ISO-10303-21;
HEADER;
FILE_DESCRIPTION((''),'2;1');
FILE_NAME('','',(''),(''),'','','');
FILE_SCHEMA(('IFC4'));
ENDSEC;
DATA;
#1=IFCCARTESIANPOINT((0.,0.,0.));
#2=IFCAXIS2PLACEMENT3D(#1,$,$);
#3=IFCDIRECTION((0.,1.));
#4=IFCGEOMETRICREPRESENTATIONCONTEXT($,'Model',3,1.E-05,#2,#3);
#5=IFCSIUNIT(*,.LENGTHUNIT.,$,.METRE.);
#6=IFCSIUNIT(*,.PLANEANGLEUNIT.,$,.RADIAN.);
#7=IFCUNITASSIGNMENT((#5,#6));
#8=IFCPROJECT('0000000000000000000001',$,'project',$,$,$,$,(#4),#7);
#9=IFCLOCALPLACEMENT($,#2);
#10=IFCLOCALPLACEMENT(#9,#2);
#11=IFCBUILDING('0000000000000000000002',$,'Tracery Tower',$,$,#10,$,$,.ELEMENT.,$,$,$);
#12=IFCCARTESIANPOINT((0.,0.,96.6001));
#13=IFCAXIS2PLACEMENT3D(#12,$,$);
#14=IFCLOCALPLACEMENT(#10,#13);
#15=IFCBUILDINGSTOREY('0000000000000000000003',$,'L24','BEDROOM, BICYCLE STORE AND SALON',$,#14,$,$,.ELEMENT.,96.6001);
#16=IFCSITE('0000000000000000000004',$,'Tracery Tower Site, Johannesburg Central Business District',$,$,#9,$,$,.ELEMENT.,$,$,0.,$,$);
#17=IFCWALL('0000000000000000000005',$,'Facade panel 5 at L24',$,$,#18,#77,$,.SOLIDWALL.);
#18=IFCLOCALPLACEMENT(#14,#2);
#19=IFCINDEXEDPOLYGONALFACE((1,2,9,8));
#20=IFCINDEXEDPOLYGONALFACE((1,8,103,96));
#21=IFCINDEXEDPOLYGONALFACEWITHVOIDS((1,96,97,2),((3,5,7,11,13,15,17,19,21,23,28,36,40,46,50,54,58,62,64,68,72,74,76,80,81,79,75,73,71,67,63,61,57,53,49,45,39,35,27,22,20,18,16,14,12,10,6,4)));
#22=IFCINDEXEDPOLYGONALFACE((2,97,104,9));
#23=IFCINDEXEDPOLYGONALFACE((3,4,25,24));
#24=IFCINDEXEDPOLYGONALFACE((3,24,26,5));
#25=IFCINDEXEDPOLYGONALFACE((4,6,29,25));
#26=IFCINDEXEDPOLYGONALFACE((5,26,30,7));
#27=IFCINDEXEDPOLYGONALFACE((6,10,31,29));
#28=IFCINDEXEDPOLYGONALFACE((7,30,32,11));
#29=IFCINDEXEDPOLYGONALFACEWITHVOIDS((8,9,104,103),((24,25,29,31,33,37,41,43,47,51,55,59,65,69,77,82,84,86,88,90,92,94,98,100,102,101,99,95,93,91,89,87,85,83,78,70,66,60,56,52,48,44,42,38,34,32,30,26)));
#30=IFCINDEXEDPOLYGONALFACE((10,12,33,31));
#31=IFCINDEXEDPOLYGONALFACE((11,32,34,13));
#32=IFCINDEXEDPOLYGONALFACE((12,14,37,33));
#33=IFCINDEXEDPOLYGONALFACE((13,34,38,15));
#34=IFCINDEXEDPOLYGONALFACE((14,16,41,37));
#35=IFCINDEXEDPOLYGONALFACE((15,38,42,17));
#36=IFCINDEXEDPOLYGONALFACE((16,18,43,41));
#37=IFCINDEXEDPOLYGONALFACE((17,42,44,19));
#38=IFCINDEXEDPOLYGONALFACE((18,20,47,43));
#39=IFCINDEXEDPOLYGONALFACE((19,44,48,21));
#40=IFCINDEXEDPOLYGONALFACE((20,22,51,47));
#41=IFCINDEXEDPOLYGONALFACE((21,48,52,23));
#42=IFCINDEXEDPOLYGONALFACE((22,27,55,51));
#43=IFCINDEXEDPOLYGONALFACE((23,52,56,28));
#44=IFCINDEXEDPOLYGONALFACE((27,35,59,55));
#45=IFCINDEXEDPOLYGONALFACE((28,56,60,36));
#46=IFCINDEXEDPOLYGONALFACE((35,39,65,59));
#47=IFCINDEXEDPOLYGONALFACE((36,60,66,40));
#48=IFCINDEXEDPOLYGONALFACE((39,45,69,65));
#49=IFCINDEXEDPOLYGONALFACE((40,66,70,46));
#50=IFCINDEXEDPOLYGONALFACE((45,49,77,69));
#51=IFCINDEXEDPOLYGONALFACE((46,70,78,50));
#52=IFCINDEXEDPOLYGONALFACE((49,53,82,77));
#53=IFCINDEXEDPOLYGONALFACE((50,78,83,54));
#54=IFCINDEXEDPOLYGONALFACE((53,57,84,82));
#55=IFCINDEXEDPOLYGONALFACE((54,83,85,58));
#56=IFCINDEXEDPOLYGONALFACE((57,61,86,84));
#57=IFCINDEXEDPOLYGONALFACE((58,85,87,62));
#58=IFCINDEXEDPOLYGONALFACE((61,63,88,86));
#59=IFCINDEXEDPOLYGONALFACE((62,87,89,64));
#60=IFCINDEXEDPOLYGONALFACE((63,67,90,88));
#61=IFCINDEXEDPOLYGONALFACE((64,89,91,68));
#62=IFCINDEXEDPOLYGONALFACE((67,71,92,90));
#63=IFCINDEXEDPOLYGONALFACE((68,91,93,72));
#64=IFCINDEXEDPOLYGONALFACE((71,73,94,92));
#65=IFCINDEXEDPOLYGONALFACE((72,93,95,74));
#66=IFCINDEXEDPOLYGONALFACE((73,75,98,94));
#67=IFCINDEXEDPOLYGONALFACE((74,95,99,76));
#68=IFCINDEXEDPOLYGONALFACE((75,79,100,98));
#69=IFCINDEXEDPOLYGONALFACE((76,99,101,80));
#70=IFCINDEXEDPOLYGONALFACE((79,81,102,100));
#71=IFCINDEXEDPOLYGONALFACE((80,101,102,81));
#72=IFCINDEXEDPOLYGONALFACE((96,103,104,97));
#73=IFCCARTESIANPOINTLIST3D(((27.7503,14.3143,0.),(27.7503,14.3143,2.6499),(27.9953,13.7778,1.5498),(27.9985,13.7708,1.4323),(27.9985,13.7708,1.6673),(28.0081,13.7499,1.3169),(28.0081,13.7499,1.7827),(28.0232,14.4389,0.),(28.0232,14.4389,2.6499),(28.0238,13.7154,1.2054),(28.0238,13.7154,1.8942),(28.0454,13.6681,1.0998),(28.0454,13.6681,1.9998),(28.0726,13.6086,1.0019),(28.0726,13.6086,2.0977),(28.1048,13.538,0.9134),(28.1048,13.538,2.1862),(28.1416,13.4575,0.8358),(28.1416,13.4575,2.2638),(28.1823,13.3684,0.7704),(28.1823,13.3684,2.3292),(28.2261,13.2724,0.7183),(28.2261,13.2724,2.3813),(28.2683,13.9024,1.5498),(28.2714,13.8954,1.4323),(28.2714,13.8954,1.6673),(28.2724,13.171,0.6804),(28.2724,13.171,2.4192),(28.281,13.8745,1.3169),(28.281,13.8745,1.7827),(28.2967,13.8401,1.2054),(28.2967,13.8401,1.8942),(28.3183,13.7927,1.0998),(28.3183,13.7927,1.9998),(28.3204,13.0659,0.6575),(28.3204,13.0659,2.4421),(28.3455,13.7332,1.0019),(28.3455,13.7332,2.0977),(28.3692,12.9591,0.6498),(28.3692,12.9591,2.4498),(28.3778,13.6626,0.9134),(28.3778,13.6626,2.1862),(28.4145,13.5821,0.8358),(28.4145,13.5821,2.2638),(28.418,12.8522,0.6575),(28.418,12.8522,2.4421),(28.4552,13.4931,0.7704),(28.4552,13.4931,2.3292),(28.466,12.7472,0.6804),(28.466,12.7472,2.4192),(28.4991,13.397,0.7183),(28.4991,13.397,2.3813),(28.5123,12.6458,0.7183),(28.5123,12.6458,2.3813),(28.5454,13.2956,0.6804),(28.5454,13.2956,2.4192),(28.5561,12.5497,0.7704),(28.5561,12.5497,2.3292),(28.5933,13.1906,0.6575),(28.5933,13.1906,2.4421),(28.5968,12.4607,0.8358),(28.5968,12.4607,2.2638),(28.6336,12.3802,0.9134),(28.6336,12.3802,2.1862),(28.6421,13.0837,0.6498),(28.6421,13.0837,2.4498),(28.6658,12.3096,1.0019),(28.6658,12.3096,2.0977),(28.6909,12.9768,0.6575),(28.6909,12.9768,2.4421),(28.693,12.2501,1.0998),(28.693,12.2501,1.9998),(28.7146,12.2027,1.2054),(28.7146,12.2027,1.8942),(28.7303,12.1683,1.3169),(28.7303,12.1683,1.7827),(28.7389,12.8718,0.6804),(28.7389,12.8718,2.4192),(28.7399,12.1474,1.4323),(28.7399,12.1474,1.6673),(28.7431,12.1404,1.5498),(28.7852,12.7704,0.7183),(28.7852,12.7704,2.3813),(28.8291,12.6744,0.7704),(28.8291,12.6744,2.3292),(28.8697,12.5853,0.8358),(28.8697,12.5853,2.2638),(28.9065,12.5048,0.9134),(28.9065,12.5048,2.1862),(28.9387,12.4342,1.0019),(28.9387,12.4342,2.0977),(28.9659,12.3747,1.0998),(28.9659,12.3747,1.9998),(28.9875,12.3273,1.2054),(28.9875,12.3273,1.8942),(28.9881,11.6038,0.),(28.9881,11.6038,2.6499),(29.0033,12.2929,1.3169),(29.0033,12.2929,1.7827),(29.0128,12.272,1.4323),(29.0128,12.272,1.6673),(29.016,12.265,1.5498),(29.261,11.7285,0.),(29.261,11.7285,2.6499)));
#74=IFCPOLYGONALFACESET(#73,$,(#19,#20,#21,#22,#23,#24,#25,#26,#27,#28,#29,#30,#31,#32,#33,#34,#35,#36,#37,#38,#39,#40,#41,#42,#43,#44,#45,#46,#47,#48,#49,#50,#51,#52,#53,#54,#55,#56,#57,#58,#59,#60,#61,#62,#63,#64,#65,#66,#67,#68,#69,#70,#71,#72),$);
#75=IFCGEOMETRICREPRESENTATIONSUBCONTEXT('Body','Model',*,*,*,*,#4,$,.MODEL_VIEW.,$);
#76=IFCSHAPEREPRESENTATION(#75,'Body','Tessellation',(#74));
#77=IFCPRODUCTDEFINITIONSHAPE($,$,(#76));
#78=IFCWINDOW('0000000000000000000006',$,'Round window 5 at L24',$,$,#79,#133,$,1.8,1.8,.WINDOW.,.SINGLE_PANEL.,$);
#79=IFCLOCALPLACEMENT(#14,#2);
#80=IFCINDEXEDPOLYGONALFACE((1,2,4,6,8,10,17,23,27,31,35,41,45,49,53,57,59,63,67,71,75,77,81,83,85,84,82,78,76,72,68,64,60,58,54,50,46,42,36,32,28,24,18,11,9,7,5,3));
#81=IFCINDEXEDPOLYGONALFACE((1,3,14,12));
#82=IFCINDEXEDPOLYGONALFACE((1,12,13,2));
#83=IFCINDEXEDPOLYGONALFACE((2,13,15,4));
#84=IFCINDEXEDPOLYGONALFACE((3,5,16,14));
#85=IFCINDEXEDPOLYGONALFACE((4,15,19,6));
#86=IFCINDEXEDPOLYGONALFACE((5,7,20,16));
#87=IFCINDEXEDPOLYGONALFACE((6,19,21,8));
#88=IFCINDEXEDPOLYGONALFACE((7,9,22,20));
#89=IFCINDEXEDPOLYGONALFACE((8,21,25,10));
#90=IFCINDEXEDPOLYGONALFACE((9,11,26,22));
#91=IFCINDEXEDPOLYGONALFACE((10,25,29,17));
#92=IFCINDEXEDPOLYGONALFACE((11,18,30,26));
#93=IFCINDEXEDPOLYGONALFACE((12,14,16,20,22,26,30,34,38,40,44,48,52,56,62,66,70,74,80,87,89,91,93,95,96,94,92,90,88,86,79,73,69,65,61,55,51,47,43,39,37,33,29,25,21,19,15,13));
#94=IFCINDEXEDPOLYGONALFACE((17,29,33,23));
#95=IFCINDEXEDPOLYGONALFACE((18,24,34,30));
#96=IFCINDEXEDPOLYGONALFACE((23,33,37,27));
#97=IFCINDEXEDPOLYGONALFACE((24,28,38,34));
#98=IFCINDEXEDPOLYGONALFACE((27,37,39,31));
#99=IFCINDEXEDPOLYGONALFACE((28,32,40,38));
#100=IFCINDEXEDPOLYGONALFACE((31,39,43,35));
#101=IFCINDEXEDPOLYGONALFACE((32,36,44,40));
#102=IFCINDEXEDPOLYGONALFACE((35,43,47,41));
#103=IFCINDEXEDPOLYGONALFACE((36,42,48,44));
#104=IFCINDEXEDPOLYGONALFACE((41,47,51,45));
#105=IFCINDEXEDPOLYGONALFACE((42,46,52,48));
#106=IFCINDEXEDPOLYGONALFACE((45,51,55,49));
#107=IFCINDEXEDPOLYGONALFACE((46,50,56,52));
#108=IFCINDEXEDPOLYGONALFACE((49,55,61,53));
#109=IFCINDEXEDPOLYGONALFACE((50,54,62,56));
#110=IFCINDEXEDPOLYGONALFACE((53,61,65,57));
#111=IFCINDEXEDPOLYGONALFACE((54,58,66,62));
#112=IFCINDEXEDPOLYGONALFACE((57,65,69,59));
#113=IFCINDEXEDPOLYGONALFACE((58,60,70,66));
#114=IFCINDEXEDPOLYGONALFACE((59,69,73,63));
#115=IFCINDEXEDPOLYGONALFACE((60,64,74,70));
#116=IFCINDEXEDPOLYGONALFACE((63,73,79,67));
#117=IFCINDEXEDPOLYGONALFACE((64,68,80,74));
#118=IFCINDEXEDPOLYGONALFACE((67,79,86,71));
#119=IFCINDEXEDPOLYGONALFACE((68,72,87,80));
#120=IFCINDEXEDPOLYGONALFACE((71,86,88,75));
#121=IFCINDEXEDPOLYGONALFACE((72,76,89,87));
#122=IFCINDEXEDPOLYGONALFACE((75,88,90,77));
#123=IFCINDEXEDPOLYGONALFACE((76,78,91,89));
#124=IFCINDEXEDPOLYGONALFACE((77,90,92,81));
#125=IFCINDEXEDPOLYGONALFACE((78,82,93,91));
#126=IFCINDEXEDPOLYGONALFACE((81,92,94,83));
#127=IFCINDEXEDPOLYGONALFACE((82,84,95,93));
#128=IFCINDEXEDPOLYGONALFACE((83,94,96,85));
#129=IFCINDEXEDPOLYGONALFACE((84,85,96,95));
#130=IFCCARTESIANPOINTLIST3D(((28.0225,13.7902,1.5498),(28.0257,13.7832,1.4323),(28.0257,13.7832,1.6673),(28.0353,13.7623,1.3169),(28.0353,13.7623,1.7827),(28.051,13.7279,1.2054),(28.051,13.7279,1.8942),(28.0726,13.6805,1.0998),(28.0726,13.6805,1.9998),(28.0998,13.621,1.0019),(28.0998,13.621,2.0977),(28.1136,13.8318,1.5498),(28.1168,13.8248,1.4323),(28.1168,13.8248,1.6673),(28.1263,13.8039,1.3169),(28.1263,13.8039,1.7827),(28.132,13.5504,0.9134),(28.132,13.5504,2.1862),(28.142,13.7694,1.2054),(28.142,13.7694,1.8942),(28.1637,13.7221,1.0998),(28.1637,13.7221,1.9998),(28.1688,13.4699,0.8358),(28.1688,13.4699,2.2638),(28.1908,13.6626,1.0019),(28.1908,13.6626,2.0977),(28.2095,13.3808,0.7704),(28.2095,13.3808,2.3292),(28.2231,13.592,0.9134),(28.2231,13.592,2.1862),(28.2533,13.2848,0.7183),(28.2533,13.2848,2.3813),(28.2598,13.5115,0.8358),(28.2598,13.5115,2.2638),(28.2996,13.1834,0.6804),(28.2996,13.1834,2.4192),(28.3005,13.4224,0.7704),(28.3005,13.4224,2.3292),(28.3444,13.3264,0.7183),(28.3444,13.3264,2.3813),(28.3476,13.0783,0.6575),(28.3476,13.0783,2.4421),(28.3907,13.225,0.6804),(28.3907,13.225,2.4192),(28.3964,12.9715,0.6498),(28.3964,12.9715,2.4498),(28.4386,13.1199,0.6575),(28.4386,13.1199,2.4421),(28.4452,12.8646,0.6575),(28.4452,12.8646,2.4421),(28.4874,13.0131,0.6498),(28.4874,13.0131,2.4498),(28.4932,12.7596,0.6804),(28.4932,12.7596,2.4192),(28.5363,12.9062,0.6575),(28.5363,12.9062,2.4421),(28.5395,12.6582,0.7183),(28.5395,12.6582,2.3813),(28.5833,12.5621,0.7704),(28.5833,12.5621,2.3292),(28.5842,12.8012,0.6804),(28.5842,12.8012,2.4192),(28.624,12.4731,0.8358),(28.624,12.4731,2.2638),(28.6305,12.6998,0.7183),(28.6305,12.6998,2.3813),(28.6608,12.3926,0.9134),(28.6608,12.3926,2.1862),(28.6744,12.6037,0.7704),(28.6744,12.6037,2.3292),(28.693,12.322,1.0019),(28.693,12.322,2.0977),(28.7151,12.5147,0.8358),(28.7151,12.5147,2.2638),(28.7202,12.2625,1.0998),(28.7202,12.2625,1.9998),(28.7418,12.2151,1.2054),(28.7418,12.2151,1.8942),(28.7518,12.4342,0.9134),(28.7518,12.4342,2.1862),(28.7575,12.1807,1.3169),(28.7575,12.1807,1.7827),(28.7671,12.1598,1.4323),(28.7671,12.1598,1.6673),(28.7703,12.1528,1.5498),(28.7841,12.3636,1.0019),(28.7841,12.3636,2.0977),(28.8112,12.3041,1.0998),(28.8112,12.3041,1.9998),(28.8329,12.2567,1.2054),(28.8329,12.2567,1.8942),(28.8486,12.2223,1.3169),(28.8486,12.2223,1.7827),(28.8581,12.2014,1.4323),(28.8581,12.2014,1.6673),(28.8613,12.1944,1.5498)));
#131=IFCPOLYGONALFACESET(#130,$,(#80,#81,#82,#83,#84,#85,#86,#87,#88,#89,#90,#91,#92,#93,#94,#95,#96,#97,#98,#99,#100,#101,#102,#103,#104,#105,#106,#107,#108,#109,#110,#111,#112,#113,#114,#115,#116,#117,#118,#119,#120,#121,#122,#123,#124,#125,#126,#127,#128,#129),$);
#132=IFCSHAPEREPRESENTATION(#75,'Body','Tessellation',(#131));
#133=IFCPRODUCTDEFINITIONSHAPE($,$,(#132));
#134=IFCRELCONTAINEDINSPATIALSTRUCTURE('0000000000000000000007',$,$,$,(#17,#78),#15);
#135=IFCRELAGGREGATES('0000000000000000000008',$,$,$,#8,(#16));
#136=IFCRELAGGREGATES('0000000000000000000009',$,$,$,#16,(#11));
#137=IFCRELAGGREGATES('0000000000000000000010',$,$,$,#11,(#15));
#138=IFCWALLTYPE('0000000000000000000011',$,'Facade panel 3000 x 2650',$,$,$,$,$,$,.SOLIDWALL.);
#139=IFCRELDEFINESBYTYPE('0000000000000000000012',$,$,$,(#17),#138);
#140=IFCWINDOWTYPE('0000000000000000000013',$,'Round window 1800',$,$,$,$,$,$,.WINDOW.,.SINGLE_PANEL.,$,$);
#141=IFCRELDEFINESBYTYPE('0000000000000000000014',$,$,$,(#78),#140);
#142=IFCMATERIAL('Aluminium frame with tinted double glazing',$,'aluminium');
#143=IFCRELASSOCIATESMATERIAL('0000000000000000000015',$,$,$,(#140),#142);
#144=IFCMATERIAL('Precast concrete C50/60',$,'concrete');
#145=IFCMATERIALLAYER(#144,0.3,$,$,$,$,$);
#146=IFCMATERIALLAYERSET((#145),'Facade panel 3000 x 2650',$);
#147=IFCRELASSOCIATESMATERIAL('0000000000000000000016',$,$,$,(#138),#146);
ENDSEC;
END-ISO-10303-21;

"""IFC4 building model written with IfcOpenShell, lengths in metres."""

from ifc_helpers import new_model, si_unit, direction, frame, frame_2d, origin, origin_2d, place, context, subcontext, project, spatial, rectangle, circle, extrude, material, layer, layer_set, type_object, element, fill, save


model = new_model("IFC4")

# Units and contexts
model_context = context("Model", 3, precision=1e-05, world=origin(), true_north=direction((0.0, 1.0)))
body_context = subcontext(model_context, "Body", "Model", "MODEL_VIEW")
ifc_project = project(units=[si_unit("LENGTHUNIT", "METRE"), si_unit("PLANEANGLEUNIT", "RADIAN")], contexts=[model_context])

# Site, building, storey
site_placement = place(None, origin())
site = spatial("IfcSite", under=ifc_project, at=site_placement, Name="Tracery Tower Site, Johannesburg Central Business District", CompositionType="ELEMENT", RefElevation=0.0)
building_placement = place(site_placement, origin())
building = spatial("IfcBuilding", under=site, at=building_placement, Name="Tracery Tower", CompositionType="ELEMENT")
storey_placement = place(building_placement, frame((0.0, 0.0, 96.6001)))
storey = spatial("IfcBuildingStorey", under=building, at=storey_placement, Name="L24", Description="BEDROOM, BICYCLE STORE AND SALON", CompositionType="ELEMENT", Elevation=96.6001)

# Wall, opening, window
ifc_material_1 = material(Name="Aluminium frame with tinted double glazing", Category="aluminium")
window_type = type_object("IfcWindowType", Name="Round window 1800", PartitioningType="SINGLE_PANEL", PredefinedType="WINDOW", material=ifc_material_1)
ifc_material_2 = material(Name="Precast concrete C50/60", Category="concrete")
ifc_layer_1 = layer(ifc_material_2, 0.3)
ifc_layer_set_1 = layer_set([ifc_layer_1], Name="Facade panel 3000 x 2650")
wall_type_1 = type_object("IfcWallType", Name="Facade panel 3000 x 2650", PredefinedType="SOLIDWALL", material=ifc_layer_set_1)
wall_1_placement = place(storey_placement, frame((29.1245, 11.6663, 0.0), z_axis=(0.0, 0.0, 1.0), x_axis=(-0.415407, 0.909636, 0.0)))
wall_1 = element("IfcWall", 1, at=wall_1_placement, inside=storey, type_object=wall_type_1, Name="Facade panel 5 at L24", PredefinedType="SOLIDWALL", context=body_context, shape_type="SweptSolid", body=[
    extrude(rectangle(XDim=2.9797, YDim=0.3, at=frame_2d((1.4897, 0.0))), origin(), (0.0, 0.0, 1.0), 2.6499),
])
opening_1_placement = place(wall_1_placement, frame((1.4897, 0.0, 1.5498)))
opening_1 = element("IfcOpeningElement", 2, at=opening_1_placement, cuts=wall_1, PredefinedType="OPENING", context=body_context, shape_type="SweptSolid", body=[
    extrude(circle(Radius=0.9, at=origin_2d()), frame((0.0, 0.1599, 0.0), z_axis=(0.0, -1.0, 0.0), x_axis=(1.0, 0.0, 0.0)), (0.0, 0.0, 1.0), 0.3201),
])
window_1_placement = place(opening_1_placement, origin())
window_1 = element("IfcWindow", 3, at=window_1_placement, inside=storey, type_object=window_type, Name="Round window 5 at L24", OverallHeight=1.8, OverallWidth=1.8, PartitioningType="SINGLE_PANEL", PredefinedType="WINDOW", context=body_context, shape_type="SweptSolid", body=[
    extrude(circle(Radius=0.9, at=origin_2d()), frame((0.0, 0.1201, 0.0), z_axis=(0.0, -1.0, 0.0), x_axis=(1.0, 0.0, 0.0)), (0.0, 0.0, 1.0), 0.1001),
])
fill(opening_1, window_1)

save(model, "model.ifc")
